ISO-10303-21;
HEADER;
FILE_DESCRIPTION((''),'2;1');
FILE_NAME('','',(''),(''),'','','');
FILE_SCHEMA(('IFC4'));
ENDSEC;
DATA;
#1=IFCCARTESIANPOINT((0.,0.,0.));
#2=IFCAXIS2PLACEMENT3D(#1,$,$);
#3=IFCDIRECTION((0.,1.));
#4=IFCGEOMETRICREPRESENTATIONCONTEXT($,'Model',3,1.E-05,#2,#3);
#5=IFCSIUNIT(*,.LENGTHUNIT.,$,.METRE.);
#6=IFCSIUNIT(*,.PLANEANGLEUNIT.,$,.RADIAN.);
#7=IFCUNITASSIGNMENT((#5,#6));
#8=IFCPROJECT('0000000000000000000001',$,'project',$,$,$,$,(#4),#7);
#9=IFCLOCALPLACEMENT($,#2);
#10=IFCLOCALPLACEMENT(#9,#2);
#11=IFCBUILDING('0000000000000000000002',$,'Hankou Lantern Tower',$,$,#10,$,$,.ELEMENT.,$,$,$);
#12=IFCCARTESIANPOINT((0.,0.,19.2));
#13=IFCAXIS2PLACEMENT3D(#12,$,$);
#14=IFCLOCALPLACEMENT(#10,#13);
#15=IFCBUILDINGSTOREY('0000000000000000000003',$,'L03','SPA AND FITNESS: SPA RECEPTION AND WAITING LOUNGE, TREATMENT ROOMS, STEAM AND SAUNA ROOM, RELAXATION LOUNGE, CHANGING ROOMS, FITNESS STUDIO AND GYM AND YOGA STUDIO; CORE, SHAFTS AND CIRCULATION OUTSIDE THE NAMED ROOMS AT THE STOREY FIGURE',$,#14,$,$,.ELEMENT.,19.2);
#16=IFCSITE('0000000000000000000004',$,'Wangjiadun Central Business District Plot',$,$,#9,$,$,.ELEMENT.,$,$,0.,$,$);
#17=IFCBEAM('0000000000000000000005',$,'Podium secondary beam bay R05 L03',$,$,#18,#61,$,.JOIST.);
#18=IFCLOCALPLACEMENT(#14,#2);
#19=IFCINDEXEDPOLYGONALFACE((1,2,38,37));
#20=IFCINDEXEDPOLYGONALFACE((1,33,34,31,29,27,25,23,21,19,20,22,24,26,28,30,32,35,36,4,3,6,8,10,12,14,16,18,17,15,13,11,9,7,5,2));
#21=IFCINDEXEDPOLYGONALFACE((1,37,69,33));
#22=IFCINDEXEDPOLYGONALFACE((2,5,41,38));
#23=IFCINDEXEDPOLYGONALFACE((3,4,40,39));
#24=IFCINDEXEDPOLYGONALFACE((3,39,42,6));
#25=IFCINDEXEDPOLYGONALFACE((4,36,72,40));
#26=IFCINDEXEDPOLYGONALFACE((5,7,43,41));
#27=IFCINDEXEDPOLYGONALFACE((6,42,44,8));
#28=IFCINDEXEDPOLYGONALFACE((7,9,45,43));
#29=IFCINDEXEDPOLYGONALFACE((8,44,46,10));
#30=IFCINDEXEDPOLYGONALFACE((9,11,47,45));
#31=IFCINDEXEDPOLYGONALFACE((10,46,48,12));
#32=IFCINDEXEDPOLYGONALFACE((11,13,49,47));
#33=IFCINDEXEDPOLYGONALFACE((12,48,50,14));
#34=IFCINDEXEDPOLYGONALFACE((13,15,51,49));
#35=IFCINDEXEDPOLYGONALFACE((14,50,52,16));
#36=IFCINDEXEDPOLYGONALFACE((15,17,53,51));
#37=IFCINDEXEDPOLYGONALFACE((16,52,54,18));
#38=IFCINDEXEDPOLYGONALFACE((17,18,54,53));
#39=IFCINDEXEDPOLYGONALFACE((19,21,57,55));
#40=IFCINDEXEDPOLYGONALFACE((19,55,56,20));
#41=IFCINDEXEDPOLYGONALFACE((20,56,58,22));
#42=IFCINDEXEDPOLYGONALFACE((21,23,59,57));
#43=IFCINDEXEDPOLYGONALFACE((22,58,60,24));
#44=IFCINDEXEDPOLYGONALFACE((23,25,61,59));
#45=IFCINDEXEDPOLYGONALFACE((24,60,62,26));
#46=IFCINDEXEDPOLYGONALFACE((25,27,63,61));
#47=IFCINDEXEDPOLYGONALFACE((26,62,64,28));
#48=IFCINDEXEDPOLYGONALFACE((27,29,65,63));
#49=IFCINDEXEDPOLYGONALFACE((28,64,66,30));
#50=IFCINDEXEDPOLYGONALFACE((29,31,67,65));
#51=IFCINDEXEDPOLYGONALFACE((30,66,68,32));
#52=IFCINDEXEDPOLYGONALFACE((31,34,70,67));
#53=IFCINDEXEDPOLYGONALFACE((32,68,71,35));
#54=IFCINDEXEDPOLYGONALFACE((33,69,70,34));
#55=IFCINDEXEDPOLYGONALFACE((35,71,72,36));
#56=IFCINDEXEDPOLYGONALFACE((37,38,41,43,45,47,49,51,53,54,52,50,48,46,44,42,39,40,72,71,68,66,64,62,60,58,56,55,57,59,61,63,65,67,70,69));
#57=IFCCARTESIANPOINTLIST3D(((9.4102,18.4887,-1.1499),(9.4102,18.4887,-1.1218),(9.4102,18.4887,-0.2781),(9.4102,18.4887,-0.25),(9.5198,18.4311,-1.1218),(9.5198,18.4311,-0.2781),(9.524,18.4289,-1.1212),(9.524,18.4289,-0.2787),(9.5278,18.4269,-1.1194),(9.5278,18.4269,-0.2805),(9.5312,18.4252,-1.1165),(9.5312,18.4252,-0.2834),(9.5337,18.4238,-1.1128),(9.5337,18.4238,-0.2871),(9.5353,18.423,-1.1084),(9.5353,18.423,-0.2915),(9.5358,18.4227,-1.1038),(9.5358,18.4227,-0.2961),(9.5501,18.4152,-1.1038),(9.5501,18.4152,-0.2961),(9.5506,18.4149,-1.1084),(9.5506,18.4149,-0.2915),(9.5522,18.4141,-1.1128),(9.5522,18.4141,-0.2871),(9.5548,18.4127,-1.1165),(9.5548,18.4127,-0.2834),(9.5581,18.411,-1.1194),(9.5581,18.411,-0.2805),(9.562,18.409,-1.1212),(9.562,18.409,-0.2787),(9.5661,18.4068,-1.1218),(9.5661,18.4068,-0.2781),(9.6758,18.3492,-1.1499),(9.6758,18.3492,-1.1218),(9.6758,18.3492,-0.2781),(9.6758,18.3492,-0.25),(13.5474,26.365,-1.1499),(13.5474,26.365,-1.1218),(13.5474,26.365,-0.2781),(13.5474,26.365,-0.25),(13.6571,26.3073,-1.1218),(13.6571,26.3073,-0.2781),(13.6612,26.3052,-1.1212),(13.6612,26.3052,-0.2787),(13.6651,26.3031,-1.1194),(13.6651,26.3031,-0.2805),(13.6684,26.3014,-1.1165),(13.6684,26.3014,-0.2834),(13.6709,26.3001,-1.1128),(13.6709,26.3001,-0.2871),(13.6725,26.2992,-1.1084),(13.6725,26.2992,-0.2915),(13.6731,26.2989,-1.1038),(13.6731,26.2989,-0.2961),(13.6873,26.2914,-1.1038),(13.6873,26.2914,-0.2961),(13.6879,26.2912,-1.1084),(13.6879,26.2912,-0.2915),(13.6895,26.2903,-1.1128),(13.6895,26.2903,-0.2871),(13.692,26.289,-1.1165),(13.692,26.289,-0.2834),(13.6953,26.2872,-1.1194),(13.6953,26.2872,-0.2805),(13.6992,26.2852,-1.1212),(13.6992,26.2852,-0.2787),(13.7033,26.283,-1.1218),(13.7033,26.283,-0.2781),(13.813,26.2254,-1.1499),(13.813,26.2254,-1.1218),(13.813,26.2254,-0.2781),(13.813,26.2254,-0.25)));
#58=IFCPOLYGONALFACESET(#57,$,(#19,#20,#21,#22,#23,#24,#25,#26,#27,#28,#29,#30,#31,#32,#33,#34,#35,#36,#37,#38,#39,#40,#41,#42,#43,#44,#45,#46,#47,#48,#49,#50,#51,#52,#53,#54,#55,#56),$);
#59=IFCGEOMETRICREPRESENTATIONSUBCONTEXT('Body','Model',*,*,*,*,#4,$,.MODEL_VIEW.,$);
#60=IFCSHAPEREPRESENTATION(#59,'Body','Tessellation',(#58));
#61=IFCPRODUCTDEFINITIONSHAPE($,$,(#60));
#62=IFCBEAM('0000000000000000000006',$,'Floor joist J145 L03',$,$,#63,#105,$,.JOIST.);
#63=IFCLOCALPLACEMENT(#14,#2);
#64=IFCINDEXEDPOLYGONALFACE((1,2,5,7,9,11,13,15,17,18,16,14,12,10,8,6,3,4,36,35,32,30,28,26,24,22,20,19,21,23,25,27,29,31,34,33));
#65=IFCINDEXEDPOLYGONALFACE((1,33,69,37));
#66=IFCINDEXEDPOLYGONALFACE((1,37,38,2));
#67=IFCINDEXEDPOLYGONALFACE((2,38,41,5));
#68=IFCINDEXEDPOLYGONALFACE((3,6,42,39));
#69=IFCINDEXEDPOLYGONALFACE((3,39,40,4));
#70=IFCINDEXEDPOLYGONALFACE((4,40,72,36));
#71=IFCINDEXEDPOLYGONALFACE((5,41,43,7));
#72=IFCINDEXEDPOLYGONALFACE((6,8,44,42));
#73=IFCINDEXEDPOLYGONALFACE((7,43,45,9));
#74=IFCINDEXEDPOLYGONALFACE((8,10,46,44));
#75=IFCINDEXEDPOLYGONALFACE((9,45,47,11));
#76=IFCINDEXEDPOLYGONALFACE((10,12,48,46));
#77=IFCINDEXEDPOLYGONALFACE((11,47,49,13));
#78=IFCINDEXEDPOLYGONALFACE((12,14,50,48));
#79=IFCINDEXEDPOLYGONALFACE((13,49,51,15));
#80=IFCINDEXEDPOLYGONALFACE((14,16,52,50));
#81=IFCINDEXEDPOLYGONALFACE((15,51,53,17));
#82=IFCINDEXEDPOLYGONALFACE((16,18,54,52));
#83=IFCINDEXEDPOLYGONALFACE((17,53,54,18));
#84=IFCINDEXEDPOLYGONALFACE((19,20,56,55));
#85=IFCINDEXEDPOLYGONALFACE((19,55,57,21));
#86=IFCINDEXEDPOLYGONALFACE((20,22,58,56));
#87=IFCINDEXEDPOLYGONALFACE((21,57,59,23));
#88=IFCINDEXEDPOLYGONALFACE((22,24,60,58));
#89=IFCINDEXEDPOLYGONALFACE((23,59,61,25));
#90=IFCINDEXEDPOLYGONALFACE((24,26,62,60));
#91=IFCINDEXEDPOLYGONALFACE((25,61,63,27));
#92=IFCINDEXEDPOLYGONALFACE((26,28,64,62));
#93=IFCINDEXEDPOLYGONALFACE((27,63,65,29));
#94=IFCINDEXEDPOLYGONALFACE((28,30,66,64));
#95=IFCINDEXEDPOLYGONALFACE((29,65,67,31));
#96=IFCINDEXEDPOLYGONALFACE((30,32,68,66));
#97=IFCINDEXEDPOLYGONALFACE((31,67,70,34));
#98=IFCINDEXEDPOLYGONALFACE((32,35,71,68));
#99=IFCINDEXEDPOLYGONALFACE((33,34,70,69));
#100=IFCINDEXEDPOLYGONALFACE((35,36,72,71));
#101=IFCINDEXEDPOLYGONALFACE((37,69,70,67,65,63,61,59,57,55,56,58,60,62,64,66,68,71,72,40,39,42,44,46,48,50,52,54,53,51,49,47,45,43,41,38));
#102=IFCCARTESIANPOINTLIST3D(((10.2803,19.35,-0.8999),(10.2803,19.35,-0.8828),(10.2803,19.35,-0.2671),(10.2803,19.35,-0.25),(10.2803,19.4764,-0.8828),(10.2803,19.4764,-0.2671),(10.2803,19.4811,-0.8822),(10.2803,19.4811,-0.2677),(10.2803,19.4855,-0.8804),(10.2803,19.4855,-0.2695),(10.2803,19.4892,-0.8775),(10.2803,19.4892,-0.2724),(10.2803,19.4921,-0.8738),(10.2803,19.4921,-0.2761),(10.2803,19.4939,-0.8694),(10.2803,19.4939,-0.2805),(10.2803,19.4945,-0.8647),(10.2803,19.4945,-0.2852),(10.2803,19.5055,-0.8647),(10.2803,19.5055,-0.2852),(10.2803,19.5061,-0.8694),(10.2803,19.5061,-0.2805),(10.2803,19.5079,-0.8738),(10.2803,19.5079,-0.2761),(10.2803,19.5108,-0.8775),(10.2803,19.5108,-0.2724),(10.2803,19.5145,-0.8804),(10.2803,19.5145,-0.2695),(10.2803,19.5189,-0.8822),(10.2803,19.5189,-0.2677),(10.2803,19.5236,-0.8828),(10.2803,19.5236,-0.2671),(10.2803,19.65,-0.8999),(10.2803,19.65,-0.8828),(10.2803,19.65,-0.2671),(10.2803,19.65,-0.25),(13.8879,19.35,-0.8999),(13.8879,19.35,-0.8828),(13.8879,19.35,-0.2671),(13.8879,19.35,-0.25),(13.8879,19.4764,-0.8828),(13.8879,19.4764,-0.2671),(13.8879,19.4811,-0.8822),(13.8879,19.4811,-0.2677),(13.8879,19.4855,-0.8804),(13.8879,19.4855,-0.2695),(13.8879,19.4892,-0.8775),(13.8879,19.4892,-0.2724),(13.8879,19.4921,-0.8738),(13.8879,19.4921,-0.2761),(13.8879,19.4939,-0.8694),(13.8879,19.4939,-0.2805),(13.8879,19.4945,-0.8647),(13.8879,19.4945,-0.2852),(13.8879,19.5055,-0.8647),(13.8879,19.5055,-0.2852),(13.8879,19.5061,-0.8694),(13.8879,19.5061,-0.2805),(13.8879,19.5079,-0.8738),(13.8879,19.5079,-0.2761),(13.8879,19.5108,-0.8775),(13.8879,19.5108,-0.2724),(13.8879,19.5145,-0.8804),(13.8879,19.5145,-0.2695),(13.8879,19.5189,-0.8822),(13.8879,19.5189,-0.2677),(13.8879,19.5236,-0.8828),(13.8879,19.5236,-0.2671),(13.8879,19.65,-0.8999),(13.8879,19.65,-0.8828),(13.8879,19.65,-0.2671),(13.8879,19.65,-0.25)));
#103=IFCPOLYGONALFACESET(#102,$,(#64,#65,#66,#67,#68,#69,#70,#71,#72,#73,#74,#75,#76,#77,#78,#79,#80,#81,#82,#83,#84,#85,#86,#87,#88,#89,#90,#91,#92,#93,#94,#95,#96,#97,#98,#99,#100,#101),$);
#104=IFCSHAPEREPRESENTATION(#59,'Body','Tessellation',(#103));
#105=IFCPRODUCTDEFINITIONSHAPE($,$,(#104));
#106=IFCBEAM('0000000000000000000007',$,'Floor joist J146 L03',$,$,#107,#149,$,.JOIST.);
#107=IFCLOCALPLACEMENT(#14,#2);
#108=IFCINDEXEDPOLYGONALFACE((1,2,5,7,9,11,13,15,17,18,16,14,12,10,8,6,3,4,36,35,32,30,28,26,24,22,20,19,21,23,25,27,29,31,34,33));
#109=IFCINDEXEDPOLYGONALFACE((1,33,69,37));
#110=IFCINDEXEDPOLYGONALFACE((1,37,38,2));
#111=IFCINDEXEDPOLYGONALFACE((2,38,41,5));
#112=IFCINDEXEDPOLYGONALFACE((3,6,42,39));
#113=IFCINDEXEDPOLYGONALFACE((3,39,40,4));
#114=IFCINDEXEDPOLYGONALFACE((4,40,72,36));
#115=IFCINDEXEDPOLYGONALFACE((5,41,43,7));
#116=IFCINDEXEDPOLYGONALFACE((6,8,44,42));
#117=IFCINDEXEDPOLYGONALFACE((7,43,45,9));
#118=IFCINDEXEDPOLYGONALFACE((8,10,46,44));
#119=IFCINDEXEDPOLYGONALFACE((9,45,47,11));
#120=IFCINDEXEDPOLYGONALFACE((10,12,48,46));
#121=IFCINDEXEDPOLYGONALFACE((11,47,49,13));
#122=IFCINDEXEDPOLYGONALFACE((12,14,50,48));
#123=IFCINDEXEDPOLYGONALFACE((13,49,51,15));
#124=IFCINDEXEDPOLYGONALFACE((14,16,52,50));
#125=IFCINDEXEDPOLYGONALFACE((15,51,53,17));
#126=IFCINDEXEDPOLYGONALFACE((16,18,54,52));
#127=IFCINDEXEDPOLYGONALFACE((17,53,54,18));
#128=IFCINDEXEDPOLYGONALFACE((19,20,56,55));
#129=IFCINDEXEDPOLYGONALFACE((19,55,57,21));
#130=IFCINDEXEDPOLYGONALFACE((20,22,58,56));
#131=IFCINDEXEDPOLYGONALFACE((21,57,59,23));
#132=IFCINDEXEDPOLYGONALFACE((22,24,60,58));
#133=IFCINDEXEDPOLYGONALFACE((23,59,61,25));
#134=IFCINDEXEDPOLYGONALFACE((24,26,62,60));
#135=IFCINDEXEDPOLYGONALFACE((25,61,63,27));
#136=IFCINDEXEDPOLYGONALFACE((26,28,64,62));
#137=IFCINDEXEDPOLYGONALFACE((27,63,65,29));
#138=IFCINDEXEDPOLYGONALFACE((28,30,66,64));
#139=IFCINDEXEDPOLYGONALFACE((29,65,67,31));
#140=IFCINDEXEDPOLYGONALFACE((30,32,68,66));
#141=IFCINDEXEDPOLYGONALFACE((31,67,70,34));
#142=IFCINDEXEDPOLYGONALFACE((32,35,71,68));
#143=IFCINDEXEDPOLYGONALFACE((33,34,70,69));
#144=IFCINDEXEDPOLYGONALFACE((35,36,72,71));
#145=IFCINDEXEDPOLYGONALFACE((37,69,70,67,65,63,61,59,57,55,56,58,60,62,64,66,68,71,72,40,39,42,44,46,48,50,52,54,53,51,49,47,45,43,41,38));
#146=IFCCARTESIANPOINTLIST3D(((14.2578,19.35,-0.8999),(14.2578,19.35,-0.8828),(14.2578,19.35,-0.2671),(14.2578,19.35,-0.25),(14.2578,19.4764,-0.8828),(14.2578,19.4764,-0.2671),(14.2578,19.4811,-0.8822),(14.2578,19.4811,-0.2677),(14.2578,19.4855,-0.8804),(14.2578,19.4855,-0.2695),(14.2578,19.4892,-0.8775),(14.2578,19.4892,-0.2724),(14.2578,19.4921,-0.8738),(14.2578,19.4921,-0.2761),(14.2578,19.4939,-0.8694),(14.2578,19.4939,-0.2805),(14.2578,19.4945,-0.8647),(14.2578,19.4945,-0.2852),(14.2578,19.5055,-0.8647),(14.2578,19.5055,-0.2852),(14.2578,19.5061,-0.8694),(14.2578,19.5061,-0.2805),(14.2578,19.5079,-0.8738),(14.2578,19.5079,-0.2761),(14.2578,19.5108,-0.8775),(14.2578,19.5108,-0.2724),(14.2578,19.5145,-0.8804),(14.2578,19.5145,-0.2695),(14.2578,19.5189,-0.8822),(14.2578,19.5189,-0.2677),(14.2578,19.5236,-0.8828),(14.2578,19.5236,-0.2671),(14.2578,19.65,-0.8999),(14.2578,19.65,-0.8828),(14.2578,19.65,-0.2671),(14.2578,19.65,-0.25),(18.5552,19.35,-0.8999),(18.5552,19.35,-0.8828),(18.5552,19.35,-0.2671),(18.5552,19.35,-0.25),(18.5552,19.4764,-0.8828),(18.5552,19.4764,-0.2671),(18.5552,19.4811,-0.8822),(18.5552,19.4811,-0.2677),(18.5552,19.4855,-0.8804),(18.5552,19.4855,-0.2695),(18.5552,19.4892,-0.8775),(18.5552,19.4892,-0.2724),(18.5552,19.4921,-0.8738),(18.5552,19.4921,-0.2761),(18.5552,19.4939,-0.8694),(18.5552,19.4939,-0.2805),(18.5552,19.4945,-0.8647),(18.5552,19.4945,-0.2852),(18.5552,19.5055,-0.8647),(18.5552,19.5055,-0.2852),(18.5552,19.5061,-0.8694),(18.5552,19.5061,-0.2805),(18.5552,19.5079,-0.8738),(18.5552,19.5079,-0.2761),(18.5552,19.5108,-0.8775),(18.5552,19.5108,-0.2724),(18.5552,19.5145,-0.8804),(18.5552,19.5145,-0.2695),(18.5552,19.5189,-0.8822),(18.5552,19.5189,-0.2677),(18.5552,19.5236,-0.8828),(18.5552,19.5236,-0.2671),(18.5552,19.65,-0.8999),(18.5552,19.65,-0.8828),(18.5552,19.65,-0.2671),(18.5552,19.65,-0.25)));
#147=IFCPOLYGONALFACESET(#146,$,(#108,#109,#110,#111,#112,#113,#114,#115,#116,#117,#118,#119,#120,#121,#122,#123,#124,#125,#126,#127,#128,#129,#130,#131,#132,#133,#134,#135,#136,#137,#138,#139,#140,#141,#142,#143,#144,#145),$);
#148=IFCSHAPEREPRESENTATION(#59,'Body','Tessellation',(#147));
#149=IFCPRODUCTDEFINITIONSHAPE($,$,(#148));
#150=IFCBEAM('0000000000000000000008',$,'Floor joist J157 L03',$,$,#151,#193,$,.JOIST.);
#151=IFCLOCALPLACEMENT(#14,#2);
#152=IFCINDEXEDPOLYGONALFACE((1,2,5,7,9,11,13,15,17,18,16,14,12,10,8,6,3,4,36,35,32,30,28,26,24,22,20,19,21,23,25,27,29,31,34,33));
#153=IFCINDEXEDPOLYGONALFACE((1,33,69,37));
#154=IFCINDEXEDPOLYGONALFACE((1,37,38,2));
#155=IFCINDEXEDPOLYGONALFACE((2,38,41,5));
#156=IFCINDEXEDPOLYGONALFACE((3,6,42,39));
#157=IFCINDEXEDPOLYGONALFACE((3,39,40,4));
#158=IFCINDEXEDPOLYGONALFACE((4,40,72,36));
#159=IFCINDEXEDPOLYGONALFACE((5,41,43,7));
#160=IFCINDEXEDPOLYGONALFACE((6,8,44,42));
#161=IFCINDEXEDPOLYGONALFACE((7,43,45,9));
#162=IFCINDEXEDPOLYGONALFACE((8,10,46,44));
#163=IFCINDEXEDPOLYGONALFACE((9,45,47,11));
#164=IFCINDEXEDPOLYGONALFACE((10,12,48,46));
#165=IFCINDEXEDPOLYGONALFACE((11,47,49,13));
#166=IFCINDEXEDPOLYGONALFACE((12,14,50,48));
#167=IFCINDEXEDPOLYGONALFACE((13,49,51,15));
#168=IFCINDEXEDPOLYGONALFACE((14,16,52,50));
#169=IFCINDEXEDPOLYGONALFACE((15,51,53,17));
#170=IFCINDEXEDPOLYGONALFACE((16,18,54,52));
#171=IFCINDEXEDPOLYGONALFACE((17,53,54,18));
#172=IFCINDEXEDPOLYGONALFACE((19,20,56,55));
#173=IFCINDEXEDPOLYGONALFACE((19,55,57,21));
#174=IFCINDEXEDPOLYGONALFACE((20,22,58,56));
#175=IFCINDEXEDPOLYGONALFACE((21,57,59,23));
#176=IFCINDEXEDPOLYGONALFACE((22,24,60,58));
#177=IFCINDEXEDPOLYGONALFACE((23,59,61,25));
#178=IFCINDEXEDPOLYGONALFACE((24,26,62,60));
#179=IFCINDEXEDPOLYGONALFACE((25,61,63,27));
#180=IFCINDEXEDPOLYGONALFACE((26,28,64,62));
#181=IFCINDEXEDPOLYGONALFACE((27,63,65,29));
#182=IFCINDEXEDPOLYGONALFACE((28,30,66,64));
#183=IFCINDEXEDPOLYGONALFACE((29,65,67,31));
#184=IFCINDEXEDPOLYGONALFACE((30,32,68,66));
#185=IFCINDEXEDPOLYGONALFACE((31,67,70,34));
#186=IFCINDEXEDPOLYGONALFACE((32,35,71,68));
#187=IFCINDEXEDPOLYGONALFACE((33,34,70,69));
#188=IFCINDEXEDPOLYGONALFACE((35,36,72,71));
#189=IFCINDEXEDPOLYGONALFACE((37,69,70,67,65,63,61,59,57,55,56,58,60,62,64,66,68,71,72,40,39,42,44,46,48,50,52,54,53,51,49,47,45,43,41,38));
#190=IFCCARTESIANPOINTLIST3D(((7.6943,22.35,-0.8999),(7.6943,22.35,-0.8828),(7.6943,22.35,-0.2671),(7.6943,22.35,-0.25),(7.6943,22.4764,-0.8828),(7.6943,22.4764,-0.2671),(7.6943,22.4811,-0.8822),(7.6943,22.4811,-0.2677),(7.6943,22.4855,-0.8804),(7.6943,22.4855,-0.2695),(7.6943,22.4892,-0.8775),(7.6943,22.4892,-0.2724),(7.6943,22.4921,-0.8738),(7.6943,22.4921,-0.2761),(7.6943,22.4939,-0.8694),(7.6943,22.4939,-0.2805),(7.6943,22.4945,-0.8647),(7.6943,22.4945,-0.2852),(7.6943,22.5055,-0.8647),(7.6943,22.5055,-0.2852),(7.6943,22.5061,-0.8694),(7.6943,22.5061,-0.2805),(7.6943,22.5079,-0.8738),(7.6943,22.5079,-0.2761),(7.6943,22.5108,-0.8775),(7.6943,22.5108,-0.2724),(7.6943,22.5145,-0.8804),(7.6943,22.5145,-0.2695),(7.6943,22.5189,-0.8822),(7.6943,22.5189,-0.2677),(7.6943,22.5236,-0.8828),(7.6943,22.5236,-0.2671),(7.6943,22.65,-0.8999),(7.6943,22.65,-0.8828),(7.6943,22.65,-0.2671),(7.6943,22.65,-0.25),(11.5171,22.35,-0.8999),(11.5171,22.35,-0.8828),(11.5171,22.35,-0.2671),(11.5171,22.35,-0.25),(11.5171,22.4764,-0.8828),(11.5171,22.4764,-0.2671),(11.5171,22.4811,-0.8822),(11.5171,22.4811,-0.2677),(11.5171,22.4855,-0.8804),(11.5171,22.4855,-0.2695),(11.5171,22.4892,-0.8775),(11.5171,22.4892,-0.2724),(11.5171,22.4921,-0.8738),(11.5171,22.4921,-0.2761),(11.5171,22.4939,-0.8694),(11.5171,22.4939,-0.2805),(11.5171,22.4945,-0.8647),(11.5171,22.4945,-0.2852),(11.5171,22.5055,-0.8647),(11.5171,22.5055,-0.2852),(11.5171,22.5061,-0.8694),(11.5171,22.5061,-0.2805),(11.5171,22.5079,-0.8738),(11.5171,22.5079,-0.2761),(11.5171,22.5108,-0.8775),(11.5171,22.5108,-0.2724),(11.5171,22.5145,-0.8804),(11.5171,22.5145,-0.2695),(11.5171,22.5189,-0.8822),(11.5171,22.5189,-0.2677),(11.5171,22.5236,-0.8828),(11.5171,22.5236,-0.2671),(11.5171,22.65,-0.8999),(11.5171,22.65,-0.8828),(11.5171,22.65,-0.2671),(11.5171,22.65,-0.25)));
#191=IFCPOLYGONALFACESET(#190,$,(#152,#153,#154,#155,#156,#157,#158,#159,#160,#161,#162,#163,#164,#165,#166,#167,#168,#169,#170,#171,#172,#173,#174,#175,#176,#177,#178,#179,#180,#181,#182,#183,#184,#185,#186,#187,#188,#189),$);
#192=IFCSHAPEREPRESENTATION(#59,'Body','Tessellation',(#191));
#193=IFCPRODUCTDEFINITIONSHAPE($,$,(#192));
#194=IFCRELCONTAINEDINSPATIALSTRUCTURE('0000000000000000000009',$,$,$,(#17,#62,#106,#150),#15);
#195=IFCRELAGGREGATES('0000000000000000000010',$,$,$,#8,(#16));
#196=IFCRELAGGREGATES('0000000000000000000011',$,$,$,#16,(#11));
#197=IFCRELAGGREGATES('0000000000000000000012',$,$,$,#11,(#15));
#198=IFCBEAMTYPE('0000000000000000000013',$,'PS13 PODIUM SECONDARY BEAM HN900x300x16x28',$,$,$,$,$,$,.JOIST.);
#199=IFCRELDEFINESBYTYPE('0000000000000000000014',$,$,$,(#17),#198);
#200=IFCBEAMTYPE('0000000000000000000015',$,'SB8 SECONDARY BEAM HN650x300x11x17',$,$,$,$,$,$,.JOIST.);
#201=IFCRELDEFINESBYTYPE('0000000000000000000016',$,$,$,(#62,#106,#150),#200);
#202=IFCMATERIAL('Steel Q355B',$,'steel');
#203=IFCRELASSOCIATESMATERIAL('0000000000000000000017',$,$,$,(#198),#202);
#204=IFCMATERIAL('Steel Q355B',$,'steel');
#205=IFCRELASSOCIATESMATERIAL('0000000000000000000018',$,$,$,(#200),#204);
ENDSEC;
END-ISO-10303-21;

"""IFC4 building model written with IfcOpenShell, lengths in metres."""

from ifc_helpers import new_model, si_unit, direction, frame, origin, origin_2d, place, context, subcontext, project, spatial, i_section, extrude, material, material_profile, profile_set, type_object, element, save


model = new_model("IFC4")

# Units and contexts
model_context = context("Model", 3, precision=1e-05, world=origin(), true_north=direction((0.0, 1.0)))
body_context = subcontext(model_context, "Body", "Model", "MODEL_VIEW")
ifc_project = project(units=[si_unit("LENGTHUNIT", "METRE"), si_unit("PLANEANGLEUNIT", "RADIAN")], contexts=[model_context])

# Site, building, storey
site_placement = place(None, origin())
site = spatial("IfcSite", under=ifc_project, at=site_placement, Name="Wangjiadun Central Business District Plot", CompositionType="ELEMENT", RefElevation=0.0)
building_placement = place(site_placement, origin())
building = spatial("IfcBuilding", under=site, at=building_placement, Name="Hankou Lantern Tower", CompositionType="ELEMENT")
storey_placement = place(building_placement, frame((0.0, 0.0, 19.2)))
storey = spatial("IfcBuildingStorey", under=building, at=storey_placement, Name="L03", Description="SPA AND FITNESS: SPA RECEPTION AND WAITING LOUNGE, TREATMENT ROOMS, STEAM AND SAUNA ROOM, RELAXATION LOUNGE, CHANGING ROOMS, FITNESS STUDIO AND GYM AND YOGA STUDIO; CORE, SHAFTS AND CIRCULATION OUTSIDE THE NAMED ROOMS AT THE STOREY FIGURE", CompositionType="ELEMENT", Elevation=19.2)

# Beams
ifc_material_1 = material(Name="Steel Q355B", Category="steel")
ifc_material_profile_1 = material_profile(ifc_material_1, i_section(OverallWidth=0.3, OverallDepth=0.8999, WebThickness=0.0161, FlangeThickness=0.0281, FilletRadius=0.0181, at=origin_2d()), Name="HN900x300x16x28")
ifc_profile_set_1 = profile_set([ifc_material_profile_1], Name="Steel Q355B")
beam_type_1 = type_object("IfcBeamType", Name="PS13 PODIUM SECONDARY BEAM HN900x300x16x28", PredefinedType="JOIST", material=ifc_profile_set_1)
beam_1_placement = place(storey_placement, frame((9.543, 18.4189, -0.7), z_axis=(0.465027, 0.885297, 0.0), x_axis=(-0.885297, 0.465027, 0.0)))
element("IfcBeam", 1, at=beam_1_placement, inside=storey, type_object=beam_type_1, Name="Podium secondary beam bay R05 L03", PredefinedType="JOIST", context=body_context, shape_type="SweptSolid", body=[
    extrude(i_section(OverallWidth=0.3, OverallDepth=0.8999, WebThickness=0.0161, FlangeThickness=0.0281, FilletRadius=0.0181, at=origin_2d()), origin(), (0.0, 0.0, 1.0), 8.8967),
])
ifc_material_2 = material(Name="Steel Q355B", Category="steel")
ifc_material_profile_2 = material_profile(ifc_material_2, i_section(OverallWidth=0.3, OverallDepth=0.6499, WebThickness=0.011, FlangeThickness=0.0171, FilletRadius=0.0181, at=origin_2d()), Name="HN650x300x11x17")
ifc_profile_set_2 = profile_set([ifc_material_profile_2], Name="Steel Q355B")
beam_type_2 = type_object("IfcBeamType", Name="SB8 SECONDARY BEAM HN650x300x11x17", PredefinedType="JOIST", material=ifc_profile_set_2)
beam_2_placement = place(storey_placement, frame((10.2803, 19.5, -0.575), z_axis=(1.0, 0.0, 0.0), x_axis=(0.0, 1.0, 0.0)))
element("IfcBeam", 2, at=beam_2_placement, inside=storey, type_object=beam_type_2, Name="Floor joist J145 L03", PredefinedType="JOIST", context=body_context, shape_type="SweptSolid", body=[
    extrude(i_section(OverallWidth=0.3, OverallDepth=0.6499, WebThickness=0.011, FlangeThickness=0.0171, FilletRadius=0.0181, at=origin_2d()), origin(), (0.0, 0.0, 1.0), 3.6077),
])
beam_3_placement = place(storey_placement, frame((14.2578, 19.5, -0.575), z_axis=(1.0, 0.0, 0.0), x_axis=(0.0, 1.0, 0.0)))
element("IfcBeam", 3, at=beam_3_placement, inside=storey, type_object=beam_type_2, Name="Floor joist J146 L03", PredefinedType="JOIST", context=body_context, shape_type="SweptSolid", body=[
    extrude(i_section(OverallWidth=0.3, OverallDepth=0.6499, WebThickness=0.011, FlangeThickness=0.0171, FilletRadius=0.0181, at=origin_2d()), origin(), (0.0, 0.0, 1.0), 4.2974),
])
beam_4_placement = place(storey_placement, frame((7.6943, 22.5, -0.575), z_axis=(1.0, 0.0, 0.0), x_axis=(0.0, 1.0, 0.0)))
element("IfcBeam", 4, at=beam_4_placement, inside=storey, type_object=beam_type_2, Name="Floor joist J157 L03", PredefinedType="JOIST", context=body_context, shape_type="SweptSolid", body=[
    extrude(i_section(OverallWidth=0.3, OverallDepth=0.6499, WebThickness=0.011, FlangeThickness=0.0171, FilletRadius=0.0181, at=origin_2d()), origin(), (0.0, 0.0, 1.0), 3.8228),
])

save(model, "model.ifc")
